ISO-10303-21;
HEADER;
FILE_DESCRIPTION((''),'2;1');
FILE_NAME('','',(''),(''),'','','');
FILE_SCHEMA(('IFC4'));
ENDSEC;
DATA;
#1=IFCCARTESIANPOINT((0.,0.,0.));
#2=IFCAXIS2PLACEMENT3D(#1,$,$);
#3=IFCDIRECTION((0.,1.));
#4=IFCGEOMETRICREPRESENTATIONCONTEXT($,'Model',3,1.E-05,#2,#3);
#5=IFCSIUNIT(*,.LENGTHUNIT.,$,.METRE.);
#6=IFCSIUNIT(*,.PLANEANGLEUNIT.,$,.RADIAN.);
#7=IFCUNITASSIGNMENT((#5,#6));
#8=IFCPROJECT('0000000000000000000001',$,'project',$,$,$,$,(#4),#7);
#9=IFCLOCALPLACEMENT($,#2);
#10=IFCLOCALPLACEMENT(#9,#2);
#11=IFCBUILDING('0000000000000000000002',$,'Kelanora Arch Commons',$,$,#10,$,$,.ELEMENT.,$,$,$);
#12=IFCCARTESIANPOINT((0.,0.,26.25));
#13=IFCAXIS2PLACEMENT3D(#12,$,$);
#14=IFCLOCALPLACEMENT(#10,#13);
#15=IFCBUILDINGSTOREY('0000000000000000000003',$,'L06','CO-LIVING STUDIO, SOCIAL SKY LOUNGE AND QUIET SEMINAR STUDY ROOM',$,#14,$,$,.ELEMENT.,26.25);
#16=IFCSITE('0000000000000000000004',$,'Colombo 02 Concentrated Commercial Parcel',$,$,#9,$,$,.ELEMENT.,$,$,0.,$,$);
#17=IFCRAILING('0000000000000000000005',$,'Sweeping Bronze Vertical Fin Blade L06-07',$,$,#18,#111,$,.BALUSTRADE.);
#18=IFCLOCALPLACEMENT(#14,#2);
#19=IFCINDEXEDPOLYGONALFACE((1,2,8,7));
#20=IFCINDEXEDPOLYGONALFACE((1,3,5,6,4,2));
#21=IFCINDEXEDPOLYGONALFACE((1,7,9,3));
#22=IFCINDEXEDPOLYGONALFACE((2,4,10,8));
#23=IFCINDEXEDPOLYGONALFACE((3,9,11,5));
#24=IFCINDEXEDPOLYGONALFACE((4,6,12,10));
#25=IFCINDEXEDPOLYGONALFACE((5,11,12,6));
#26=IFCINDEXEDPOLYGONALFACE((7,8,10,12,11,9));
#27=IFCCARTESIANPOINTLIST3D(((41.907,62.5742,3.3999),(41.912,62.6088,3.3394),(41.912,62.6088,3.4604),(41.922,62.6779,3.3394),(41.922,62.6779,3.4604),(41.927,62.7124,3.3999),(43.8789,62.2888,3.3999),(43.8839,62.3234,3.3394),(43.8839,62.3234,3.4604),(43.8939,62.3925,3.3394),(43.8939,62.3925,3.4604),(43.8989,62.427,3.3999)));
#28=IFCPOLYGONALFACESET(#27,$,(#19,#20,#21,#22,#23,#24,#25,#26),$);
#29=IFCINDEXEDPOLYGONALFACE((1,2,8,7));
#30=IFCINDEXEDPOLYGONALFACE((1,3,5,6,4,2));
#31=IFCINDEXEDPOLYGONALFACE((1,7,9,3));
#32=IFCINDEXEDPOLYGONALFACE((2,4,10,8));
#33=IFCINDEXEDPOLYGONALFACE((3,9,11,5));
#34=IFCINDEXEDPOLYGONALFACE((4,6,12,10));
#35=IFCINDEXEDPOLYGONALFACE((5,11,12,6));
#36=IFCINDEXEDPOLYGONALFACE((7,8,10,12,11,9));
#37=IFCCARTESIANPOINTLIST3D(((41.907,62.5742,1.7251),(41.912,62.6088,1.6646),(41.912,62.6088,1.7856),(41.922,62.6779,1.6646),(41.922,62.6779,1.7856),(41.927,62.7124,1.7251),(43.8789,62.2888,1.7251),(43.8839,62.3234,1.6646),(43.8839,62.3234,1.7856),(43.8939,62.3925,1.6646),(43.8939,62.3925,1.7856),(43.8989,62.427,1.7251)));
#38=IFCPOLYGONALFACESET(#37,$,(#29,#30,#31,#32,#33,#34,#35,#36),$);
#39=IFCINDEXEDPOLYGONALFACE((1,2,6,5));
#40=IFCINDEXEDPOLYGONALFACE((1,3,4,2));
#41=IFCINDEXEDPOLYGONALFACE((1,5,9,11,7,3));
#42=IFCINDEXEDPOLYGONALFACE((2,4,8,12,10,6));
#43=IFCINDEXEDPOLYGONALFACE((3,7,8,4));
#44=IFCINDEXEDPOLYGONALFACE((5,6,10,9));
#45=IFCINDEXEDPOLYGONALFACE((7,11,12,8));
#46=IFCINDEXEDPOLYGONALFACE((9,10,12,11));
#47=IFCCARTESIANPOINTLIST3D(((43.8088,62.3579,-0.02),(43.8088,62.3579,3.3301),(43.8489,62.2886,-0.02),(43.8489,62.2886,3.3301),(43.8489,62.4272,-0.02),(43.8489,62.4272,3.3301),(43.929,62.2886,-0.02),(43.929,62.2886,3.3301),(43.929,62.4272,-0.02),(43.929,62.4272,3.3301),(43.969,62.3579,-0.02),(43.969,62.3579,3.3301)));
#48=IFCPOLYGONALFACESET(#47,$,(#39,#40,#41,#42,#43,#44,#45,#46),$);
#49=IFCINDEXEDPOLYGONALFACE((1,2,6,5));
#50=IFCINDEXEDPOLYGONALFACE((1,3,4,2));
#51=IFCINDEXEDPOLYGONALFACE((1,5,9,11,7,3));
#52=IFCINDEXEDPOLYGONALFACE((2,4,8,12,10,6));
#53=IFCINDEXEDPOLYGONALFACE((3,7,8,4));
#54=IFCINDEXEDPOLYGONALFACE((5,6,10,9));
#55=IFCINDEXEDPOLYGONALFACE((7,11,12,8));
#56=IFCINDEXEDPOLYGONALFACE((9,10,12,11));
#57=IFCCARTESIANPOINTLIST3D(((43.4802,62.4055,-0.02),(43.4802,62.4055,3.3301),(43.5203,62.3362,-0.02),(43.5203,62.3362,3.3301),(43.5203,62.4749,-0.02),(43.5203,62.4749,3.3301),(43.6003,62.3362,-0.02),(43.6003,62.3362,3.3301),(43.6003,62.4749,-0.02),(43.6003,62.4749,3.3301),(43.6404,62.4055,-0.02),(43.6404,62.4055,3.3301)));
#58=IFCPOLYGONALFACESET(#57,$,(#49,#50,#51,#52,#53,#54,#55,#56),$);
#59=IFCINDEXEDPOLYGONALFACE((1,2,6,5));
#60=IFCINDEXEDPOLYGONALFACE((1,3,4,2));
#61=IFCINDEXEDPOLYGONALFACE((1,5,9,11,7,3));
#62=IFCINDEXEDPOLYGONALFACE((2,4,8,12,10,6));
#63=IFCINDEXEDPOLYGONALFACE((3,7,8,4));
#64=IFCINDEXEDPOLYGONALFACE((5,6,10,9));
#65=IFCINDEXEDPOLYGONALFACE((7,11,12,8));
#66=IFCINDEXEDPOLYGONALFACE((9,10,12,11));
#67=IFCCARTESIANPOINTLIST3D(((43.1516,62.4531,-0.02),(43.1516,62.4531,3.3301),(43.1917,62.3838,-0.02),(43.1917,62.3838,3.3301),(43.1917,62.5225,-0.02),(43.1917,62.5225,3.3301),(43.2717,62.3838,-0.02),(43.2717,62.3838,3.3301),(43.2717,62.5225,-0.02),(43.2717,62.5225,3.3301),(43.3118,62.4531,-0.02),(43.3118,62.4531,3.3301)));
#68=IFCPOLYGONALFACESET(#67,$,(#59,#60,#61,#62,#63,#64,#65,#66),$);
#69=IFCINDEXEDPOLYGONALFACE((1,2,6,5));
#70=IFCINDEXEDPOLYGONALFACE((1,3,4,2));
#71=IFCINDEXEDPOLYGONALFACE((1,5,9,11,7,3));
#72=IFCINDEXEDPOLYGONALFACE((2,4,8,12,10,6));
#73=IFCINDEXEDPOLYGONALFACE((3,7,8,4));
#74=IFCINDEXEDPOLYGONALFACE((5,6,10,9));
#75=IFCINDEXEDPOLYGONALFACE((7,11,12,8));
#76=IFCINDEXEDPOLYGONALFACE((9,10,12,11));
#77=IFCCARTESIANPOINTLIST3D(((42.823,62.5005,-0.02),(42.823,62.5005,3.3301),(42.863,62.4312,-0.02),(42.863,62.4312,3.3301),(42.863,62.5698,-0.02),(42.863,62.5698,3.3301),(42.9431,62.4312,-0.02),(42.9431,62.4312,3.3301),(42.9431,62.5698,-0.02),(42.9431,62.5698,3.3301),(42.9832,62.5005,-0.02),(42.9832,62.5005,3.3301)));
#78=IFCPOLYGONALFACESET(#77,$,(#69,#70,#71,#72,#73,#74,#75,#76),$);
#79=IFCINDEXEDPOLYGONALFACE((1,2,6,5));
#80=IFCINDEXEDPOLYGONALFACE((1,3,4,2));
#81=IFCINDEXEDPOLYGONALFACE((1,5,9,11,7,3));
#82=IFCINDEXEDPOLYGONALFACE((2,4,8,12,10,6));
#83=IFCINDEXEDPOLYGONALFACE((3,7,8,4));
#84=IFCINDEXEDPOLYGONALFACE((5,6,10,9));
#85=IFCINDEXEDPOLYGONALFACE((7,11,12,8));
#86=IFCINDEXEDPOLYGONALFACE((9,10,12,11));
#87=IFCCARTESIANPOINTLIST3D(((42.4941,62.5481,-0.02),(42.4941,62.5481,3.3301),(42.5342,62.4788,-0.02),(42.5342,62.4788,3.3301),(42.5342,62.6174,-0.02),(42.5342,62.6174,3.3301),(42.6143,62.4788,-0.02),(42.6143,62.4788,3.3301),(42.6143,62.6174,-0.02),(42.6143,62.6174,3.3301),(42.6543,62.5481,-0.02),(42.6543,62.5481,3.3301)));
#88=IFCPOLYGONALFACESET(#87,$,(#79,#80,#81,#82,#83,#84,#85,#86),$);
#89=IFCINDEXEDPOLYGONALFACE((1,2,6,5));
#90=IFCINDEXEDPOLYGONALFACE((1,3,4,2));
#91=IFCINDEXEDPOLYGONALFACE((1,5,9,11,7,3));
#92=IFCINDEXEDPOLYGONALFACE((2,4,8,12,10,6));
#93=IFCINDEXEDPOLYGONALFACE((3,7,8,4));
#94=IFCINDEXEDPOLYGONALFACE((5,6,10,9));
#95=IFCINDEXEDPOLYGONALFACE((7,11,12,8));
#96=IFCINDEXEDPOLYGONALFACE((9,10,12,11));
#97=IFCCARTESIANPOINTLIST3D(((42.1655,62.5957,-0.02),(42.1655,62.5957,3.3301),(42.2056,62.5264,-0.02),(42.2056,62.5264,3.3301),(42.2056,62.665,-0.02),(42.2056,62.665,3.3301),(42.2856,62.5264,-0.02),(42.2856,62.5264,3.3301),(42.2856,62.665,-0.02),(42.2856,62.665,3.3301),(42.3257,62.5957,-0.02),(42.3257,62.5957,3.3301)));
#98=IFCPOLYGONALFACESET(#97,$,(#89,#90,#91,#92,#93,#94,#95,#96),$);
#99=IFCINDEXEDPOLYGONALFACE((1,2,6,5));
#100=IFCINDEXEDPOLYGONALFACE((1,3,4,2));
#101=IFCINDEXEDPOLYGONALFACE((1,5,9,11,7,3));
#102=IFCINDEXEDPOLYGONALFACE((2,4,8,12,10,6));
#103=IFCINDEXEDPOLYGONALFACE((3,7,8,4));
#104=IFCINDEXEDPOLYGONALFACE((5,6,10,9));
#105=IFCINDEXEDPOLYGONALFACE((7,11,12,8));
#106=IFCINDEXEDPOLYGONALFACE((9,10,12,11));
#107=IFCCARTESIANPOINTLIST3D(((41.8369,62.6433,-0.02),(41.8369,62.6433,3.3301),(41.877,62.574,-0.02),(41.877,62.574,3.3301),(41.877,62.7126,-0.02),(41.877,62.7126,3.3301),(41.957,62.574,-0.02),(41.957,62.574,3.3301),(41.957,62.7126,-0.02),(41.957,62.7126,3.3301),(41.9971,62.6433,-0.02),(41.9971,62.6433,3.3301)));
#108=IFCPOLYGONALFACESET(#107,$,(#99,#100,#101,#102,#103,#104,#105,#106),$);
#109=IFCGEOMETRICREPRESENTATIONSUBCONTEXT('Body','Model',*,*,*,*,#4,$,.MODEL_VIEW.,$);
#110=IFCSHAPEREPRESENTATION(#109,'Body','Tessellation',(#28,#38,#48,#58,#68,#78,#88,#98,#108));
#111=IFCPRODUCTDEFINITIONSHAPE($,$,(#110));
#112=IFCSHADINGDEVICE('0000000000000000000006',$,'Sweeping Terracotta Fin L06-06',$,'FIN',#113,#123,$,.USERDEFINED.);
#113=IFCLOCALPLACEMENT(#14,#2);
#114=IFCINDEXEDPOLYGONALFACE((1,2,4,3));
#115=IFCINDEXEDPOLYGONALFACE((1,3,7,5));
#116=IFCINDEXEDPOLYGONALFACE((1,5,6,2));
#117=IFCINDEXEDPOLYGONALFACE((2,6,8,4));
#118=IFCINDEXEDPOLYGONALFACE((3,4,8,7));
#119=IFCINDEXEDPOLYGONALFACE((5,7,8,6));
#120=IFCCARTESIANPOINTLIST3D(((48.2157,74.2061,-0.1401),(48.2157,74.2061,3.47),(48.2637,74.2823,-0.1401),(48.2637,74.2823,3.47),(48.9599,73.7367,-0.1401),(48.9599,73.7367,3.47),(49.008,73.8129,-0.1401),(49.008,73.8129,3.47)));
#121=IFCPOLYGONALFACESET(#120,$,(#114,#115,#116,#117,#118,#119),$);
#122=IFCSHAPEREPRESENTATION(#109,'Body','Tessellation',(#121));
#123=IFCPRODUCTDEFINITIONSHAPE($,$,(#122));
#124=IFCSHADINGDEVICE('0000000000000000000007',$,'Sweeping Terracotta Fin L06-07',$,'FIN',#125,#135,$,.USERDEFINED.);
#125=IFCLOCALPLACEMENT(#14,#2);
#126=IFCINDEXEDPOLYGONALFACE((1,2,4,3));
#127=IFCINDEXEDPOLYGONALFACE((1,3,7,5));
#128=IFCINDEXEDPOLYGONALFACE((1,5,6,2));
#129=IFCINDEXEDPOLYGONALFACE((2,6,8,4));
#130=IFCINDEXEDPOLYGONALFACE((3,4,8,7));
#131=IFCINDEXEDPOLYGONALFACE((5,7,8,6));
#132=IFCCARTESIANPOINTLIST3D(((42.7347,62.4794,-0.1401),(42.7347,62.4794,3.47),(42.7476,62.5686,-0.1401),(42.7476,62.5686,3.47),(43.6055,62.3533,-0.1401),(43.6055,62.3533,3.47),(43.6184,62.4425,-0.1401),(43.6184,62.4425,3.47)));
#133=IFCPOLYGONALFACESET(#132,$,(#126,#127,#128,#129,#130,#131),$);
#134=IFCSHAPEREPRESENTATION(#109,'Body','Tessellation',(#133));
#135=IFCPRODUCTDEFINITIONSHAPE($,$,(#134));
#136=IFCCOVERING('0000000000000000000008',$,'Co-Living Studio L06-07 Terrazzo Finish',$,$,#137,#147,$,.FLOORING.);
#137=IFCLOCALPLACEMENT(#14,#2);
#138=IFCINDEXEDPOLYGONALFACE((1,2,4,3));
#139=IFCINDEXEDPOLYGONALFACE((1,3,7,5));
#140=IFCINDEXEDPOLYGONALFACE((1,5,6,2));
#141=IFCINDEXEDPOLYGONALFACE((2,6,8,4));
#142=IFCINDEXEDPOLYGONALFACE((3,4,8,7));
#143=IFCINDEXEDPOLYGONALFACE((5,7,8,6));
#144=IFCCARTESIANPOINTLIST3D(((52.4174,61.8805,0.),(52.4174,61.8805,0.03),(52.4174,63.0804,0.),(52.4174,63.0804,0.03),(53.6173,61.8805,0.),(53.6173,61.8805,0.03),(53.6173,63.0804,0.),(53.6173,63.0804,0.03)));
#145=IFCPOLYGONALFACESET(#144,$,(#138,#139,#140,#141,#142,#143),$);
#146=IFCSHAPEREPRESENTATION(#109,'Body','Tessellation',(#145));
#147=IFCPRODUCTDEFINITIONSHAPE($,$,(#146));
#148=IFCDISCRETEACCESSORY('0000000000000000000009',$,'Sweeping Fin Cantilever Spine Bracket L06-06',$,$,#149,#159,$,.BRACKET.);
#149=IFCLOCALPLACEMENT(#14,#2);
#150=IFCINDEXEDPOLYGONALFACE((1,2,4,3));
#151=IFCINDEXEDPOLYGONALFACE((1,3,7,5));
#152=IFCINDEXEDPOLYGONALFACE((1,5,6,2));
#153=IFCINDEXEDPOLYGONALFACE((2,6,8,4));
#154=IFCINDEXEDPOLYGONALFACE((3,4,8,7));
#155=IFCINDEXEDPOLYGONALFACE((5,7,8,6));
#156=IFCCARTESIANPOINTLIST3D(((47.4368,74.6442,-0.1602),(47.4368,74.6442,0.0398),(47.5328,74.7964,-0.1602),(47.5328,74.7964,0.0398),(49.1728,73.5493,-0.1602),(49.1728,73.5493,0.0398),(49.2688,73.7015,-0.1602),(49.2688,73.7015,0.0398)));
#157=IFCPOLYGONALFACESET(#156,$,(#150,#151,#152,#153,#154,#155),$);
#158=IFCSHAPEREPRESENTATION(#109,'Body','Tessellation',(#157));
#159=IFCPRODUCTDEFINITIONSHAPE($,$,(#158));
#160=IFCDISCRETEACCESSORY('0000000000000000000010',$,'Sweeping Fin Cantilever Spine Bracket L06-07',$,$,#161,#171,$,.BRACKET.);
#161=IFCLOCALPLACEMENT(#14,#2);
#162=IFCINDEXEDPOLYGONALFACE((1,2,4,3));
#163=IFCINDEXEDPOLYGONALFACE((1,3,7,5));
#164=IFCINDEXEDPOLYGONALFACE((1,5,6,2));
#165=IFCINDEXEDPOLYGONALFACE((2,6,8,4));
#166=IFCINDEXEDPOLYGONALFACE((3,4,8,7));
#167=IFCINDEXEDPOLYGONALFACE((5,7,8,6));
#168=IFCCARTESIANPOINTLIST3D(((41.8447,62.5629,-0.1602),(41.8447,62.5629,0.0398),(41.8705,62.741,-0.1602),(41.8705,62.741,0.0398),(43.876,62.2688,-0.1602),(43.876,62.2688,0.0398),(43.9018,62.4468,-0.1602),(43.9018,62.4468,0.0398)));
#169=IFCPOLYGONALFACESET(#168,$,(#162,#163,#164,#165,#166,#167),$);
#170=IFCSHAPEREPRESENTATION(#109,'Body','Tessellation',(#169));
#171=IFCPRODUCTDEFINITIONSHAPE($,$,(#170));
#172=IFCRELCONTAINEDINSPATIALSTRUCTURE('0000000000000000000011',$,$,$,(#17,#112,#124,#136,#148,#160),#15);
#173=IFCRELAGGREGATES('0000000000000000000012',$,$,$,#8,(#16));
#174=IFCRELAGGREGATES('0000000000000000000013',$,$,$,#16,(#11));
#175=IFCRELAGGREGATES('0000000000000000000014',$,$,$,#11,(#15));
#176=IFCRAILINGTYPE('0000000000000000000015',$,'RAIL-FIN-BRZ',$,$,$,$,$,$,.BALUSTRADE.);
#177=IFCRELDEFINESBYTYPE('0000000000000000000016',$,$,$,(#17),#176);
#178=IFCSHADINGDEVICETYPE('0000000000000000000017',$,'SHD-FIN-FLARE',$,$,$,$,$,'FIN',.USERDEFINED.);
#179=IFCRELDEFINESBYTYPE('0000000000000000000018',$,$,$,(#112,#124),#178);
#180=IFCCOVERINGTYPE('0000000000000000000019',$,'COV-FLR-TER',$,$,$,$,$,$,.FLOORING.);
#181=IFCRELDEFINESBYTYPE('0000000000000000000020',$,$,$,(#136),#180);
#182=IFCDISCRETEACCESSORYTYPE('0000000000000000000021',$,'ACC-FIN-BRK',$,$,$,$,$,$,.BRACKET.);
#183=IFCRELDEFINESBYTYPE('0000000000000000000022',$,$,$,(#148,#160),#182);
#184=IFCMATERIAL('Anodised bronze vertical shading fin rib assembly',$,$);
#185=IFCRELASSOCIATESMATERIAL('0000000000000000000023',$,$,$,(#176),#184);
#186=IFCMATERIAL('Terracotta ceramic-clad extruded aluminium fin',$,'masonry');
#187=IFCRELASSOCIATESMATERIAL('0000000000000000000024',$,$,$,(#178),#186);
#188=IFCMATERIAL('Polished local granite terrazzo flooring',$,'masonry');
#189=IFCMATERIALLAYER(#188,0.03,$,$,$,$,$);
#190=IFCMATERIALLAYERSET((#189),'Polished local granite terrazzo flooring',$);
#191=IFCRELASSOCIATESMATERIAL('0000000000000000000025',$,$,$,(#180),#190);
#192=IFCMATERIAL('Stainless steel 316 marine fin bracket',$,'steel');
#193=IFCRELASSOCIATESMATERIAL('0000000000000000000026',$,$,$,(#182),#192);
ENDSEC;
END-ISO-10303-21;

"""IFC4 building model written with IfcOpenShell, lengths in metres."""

from ifc_helpers import new_model, si_unit, direction, frame, origin, origin_2d, place, context, subcontext, project, spatial, polyline, rectangle, outline, extrude, source, transform, mapped, material, layer, layer_set, type_object, element, save


model = new_model("IFC4")

# Units and contexts
model_context = context("Model", 3, precision=1e-05, world=origin(), true_north=direction((0.0, 1.0)))
body_context = subcontext(model_context, "Body", "Model", "MODEL_VIEW")
ifc_project = project(units=[si_unit("LENGTHUNIT", "METRE"), si_unit("PLANEANGLEUNIT", "RADIAN")], contexts=[model_context])

# Site, building, storey
site_placement = place(None, origin())
site = spatial("IfcSite", under=ifc_project, at=site_placement, Name="Colombo 02 Concentrated Commercial Parcel", CompositionType="ELEMENT", RefElevation=0.0)
building_placement = place(site_placement, origin())
building = spatial("IfcBuilding", under=site, at=building_placement, Name="Kelanora Arch Commons", CompositionType="ELEMENT")
storey_placement = place(building_placement, frame((0.0, 0.0, 26.25)))
storey = spatial("IfcBuildingStorey", under=building, at=storey_placement, Name="L06", Description="CO-LIVING STUDIO, SOCIAL SKY LOUNGE AND QUIET SEMINAR STUDY ROOM", CompositionType="ELEMENT", Elevation=26.25)

# Railing
ifc_material_1 = material(Name="Anodised bronze vertical shading fin rib assembly")
railing_type = type_object("IfcRailingType", Name="RAIL-FIN-BRZ", PredefinedType="BALUSTRADE", material=ifc_material_1)
railing_1_placement = place(storey_placement, frame((43.8889, 62.3579, -0.02)))
element("IfcRailing", 1, at=railing_1_placement, inside=storey, type_object=railing_type, Name="Sweeping Bronze Vertical Fin Blade L06-07", PredefinedType="BALUSTRADE", context=body_context, shape_type="SweptSolid", body=[
    extrude(outline(polyline([(0.0698, 0.0), (0.0349, 0.0605), (-0.0349, 0.0605), (-0.0698, 0.0), (-0.0349, -0.0605), (0.0349, -0.0605), (0.0698, 0.0)])), frame((0.0, 0.0, 3.4199), z_axis=(-0.989688, 0.143239, 0.0), x_axis=(-0.143239, -0.989688, 0.0)), (0.0, 0.0, 1.0), 1.9924),
    extrude(outline(polyline([(0.0698, 0.0), (0.0349, 0.0605), (-0.0349, 0.0605), (-0.0698, 0.0), (-0.0349, -0.0605), (0.0349, -0.0605), (0.0698, 0.0)])), frame((0.0, 0.0, 1.7451), z_axis=(-0.989688, 0.143239, 0.0), x_axis=(-0.143239, -0.989688, 0.0)), (0.0, 0.0, 1.0), 1.9924),
    extrude(outline(polyline([(0.0801, 0.0), (0.04, 0.0693), (-0.04, 0.0693), (-0.0801, 0.0), (-0.04, -0.0693), (0.04, -0.0693), (0.0801, 0.0)])), origin(), (0.0, 0.0, 1.0), 3.3501),
    extrude(outline(polyline([(0.0801, 0.0), (0.04, 0.0693), (-0.04, 0.0693), (-0.0801, 0.0), (-0.04, -0.0693), (0.04, -0.0693), (0.0801, 0.0)])), frame((-0.3286, 0.0476, 0.0)), (0.0, 0.0, 1.0), 3.3501),
    extrude(outline(polyline([(0.0801, 0.0), (0.04, 0.0693), (-0.04, 0.0693), (-0.0801, 0.0), (-0.04, -0.0693), (0.04, -0.0693), (0.0801, 0.0)])), frame((-0.6572, 0.0952, 0.0)), (0.0, 0.0, 1.0), 3.3501),
    extrude(outline(polyline([(0.0801, 0.0), (0.04, 0.0693), (-0.04, 0.0693), (-0.0801, 0.0), (-0.04, -0.0693), (0.04, -0.0693), (0.0801, 0.0)])), frame((-0.9858, 0.1426, 0.0)), (0.0, 0.0, 1.0), 3.3501),
    extrude(outline(polyline([(0.0801, 0.0), (0.04, 0.0693), (-0.04, 0.0693), (-0.0801, 0.0), (-0.04, -0.0693), (0.04, -0.0693), (0.0801, 0.0)])), frame((-1.3147, 0.1902, 0.0)), (0.0, 0.0, 1.0), 3.3501),
    extrude(outline(polyline([(0.0801, 0.0), (0.04, 0.0693), (-0.04, 0.0693), (-0.0801, 0.0), (-0.04, -0.0693), (0.04, -0.0693), (0.0801, 0.0)])), frame((-1.6433, 0.2378, 0.0)), (0.0, 0.0, 1.0), 3.3501),
    extrude(outline(polyline([(0.0801, 0.0), (0.04, 0.0693), (-0.04, 0.0693), (-0.0801, 0.0), (-0.04, -0.0693), (0.04, -0.0693), (0.0801, 0.0)])), frame((-1.9719, 0.2854, 0.0)), (0.0, 0.0, 1.0), 3.3501),
])

# Shading devices
ifc_material_2 = material(Name="Terracotta ceramic-clad extruded aluminium fin", Category="masonry")
shading_device_type = type_object("IfcShadingDeviceType", Name="SHD-FIN-FLARE", ElementType="FIN", PredefinedType="USERDEFINED", material=ifc_material_2)
shared_shape_1 = source(origin(), body_context, "Body", "SweptSolid", [
    extrude(rectangle(XDim=0.8799, YDim=0.0901, at=origin_2d()), origin(), (0.0, 0.0, 1.0), 3.6101),
])
for number, where, z_axis, x_axis, name in (
    (2, (48.6118, 74.0095, -0.1401), (0.0, 0.0, 1.0), (-0.845821, 0.533467, 0.0), "Sweeping Terracotta Fin L06-06"),
    (3, (43.1765, 62.4609, -0.1401), (0.0, 0.0, 1.0), (-0.989676, 0.14332, 0.0), "Sweeping Terracotta Fin L06-07"),
):
    element("IfcShadingDevice", number, at=place(storey_placement, frame(where, z_axis=z_axis, x_axis=x_axis)), inside=storey, type_object=shading_device_type, Name=name, ObjectType="FIN", PredefinedType="USERDEFINED", context=body_context, shape_type="MappedRepresentation", body=[
        mapped(shared_shape_1, transform((0.0, 0.0, 0.0), scale=1.0)),
    ])

# Covering
ifc_material_3 = material(Name="Polished local granite terrazzo flooring", Category="masonry")
ifc_layer_1 = layer(ifc_material_3, 0.03)
ifc_layer_set_1 = layer_set([ifc_layer_1], Name="Polished local granite terrazzo flooring")
covering_type = type_object("IfcCoveringType", Name="COV-FLR-TER", PredefinedType="FLOORING", material=ifc_layer_set_1)
shared_shape_2 = source(origin(), body_context, "Body", "SweptSolid", [
    extrude(rectangle(XDim=1.2, YDim=1.2, at=origin_2d()), origin(), (0.0, 0.0, 1.0), 0.03),
])
covering_placement = place(storey_placement, frame((53.0173, 62.4805, 0.0), z_axis=(0.0, 0.0, 1.0), x_axis=(1.0, 0.0, 0.0)))
element("IfcCovering", 4, at=covering_placement, inside=storey, type_object=covering_type, Name="Co-Living Studio L06-07 Terrazzo Finish", PredefinedType="FLOORING", context=body_context, shape_type="MappedRepresentation", body=[
    mapped(shared_shape_2, transform((0.0, 0.0, 0.0), scale=1.0)),
])

# Discrete accessories
ifc_material_4 = material(Name="Stainless steel 316 marine fin bracket", Category="steel")
discrete_accessory_type = type_object("IfcDiscreteAccessoryType", Name="ACC-FIN-BRK", PredefinedType="BRACKET", material=ifc_material_4)
shared_shape_3 = source(origin(), body_context, "Body", "SweptSolid", [
    extrude(rectangle(XDim=2.0525, YDim=0.1799, at=origin_2d()), origin(), (0.0, 0.0, 1.0), 0.2),
])
for number, where, z_axis, x_axis, name in (
    (5, (48.3528, 74.1729, -0.1602), (0.0, 0.0, 1.0), (-0.845821, 0.533467, 0.0), "Sweeping Fin Cantilever Spine Bracket L06-06"),
    (6, (42.8733, 62.5049, -0.1602), (0.0, 0.0, 1.0), (-0.989676, 0.14332, 0.0), "Sweeping Fin Cantilever Spine Bracket L06-07"),
):
    element("IfcDiscreteAccessory", number, at=place(storey_placement, frame(where, z_axis=z_axis, x_axis=x_axis)), inside=storey, type_object=discrete_accessory_type, Name=name, PredefinedType="BRACKET", context=body_context, shape_type="MappedRepresentation", body=[
        mapped(shared_shape_3, transform((0.0, 0.0, 0.0), scale=1.0)),
    ])

save(model, "model.ifc")
